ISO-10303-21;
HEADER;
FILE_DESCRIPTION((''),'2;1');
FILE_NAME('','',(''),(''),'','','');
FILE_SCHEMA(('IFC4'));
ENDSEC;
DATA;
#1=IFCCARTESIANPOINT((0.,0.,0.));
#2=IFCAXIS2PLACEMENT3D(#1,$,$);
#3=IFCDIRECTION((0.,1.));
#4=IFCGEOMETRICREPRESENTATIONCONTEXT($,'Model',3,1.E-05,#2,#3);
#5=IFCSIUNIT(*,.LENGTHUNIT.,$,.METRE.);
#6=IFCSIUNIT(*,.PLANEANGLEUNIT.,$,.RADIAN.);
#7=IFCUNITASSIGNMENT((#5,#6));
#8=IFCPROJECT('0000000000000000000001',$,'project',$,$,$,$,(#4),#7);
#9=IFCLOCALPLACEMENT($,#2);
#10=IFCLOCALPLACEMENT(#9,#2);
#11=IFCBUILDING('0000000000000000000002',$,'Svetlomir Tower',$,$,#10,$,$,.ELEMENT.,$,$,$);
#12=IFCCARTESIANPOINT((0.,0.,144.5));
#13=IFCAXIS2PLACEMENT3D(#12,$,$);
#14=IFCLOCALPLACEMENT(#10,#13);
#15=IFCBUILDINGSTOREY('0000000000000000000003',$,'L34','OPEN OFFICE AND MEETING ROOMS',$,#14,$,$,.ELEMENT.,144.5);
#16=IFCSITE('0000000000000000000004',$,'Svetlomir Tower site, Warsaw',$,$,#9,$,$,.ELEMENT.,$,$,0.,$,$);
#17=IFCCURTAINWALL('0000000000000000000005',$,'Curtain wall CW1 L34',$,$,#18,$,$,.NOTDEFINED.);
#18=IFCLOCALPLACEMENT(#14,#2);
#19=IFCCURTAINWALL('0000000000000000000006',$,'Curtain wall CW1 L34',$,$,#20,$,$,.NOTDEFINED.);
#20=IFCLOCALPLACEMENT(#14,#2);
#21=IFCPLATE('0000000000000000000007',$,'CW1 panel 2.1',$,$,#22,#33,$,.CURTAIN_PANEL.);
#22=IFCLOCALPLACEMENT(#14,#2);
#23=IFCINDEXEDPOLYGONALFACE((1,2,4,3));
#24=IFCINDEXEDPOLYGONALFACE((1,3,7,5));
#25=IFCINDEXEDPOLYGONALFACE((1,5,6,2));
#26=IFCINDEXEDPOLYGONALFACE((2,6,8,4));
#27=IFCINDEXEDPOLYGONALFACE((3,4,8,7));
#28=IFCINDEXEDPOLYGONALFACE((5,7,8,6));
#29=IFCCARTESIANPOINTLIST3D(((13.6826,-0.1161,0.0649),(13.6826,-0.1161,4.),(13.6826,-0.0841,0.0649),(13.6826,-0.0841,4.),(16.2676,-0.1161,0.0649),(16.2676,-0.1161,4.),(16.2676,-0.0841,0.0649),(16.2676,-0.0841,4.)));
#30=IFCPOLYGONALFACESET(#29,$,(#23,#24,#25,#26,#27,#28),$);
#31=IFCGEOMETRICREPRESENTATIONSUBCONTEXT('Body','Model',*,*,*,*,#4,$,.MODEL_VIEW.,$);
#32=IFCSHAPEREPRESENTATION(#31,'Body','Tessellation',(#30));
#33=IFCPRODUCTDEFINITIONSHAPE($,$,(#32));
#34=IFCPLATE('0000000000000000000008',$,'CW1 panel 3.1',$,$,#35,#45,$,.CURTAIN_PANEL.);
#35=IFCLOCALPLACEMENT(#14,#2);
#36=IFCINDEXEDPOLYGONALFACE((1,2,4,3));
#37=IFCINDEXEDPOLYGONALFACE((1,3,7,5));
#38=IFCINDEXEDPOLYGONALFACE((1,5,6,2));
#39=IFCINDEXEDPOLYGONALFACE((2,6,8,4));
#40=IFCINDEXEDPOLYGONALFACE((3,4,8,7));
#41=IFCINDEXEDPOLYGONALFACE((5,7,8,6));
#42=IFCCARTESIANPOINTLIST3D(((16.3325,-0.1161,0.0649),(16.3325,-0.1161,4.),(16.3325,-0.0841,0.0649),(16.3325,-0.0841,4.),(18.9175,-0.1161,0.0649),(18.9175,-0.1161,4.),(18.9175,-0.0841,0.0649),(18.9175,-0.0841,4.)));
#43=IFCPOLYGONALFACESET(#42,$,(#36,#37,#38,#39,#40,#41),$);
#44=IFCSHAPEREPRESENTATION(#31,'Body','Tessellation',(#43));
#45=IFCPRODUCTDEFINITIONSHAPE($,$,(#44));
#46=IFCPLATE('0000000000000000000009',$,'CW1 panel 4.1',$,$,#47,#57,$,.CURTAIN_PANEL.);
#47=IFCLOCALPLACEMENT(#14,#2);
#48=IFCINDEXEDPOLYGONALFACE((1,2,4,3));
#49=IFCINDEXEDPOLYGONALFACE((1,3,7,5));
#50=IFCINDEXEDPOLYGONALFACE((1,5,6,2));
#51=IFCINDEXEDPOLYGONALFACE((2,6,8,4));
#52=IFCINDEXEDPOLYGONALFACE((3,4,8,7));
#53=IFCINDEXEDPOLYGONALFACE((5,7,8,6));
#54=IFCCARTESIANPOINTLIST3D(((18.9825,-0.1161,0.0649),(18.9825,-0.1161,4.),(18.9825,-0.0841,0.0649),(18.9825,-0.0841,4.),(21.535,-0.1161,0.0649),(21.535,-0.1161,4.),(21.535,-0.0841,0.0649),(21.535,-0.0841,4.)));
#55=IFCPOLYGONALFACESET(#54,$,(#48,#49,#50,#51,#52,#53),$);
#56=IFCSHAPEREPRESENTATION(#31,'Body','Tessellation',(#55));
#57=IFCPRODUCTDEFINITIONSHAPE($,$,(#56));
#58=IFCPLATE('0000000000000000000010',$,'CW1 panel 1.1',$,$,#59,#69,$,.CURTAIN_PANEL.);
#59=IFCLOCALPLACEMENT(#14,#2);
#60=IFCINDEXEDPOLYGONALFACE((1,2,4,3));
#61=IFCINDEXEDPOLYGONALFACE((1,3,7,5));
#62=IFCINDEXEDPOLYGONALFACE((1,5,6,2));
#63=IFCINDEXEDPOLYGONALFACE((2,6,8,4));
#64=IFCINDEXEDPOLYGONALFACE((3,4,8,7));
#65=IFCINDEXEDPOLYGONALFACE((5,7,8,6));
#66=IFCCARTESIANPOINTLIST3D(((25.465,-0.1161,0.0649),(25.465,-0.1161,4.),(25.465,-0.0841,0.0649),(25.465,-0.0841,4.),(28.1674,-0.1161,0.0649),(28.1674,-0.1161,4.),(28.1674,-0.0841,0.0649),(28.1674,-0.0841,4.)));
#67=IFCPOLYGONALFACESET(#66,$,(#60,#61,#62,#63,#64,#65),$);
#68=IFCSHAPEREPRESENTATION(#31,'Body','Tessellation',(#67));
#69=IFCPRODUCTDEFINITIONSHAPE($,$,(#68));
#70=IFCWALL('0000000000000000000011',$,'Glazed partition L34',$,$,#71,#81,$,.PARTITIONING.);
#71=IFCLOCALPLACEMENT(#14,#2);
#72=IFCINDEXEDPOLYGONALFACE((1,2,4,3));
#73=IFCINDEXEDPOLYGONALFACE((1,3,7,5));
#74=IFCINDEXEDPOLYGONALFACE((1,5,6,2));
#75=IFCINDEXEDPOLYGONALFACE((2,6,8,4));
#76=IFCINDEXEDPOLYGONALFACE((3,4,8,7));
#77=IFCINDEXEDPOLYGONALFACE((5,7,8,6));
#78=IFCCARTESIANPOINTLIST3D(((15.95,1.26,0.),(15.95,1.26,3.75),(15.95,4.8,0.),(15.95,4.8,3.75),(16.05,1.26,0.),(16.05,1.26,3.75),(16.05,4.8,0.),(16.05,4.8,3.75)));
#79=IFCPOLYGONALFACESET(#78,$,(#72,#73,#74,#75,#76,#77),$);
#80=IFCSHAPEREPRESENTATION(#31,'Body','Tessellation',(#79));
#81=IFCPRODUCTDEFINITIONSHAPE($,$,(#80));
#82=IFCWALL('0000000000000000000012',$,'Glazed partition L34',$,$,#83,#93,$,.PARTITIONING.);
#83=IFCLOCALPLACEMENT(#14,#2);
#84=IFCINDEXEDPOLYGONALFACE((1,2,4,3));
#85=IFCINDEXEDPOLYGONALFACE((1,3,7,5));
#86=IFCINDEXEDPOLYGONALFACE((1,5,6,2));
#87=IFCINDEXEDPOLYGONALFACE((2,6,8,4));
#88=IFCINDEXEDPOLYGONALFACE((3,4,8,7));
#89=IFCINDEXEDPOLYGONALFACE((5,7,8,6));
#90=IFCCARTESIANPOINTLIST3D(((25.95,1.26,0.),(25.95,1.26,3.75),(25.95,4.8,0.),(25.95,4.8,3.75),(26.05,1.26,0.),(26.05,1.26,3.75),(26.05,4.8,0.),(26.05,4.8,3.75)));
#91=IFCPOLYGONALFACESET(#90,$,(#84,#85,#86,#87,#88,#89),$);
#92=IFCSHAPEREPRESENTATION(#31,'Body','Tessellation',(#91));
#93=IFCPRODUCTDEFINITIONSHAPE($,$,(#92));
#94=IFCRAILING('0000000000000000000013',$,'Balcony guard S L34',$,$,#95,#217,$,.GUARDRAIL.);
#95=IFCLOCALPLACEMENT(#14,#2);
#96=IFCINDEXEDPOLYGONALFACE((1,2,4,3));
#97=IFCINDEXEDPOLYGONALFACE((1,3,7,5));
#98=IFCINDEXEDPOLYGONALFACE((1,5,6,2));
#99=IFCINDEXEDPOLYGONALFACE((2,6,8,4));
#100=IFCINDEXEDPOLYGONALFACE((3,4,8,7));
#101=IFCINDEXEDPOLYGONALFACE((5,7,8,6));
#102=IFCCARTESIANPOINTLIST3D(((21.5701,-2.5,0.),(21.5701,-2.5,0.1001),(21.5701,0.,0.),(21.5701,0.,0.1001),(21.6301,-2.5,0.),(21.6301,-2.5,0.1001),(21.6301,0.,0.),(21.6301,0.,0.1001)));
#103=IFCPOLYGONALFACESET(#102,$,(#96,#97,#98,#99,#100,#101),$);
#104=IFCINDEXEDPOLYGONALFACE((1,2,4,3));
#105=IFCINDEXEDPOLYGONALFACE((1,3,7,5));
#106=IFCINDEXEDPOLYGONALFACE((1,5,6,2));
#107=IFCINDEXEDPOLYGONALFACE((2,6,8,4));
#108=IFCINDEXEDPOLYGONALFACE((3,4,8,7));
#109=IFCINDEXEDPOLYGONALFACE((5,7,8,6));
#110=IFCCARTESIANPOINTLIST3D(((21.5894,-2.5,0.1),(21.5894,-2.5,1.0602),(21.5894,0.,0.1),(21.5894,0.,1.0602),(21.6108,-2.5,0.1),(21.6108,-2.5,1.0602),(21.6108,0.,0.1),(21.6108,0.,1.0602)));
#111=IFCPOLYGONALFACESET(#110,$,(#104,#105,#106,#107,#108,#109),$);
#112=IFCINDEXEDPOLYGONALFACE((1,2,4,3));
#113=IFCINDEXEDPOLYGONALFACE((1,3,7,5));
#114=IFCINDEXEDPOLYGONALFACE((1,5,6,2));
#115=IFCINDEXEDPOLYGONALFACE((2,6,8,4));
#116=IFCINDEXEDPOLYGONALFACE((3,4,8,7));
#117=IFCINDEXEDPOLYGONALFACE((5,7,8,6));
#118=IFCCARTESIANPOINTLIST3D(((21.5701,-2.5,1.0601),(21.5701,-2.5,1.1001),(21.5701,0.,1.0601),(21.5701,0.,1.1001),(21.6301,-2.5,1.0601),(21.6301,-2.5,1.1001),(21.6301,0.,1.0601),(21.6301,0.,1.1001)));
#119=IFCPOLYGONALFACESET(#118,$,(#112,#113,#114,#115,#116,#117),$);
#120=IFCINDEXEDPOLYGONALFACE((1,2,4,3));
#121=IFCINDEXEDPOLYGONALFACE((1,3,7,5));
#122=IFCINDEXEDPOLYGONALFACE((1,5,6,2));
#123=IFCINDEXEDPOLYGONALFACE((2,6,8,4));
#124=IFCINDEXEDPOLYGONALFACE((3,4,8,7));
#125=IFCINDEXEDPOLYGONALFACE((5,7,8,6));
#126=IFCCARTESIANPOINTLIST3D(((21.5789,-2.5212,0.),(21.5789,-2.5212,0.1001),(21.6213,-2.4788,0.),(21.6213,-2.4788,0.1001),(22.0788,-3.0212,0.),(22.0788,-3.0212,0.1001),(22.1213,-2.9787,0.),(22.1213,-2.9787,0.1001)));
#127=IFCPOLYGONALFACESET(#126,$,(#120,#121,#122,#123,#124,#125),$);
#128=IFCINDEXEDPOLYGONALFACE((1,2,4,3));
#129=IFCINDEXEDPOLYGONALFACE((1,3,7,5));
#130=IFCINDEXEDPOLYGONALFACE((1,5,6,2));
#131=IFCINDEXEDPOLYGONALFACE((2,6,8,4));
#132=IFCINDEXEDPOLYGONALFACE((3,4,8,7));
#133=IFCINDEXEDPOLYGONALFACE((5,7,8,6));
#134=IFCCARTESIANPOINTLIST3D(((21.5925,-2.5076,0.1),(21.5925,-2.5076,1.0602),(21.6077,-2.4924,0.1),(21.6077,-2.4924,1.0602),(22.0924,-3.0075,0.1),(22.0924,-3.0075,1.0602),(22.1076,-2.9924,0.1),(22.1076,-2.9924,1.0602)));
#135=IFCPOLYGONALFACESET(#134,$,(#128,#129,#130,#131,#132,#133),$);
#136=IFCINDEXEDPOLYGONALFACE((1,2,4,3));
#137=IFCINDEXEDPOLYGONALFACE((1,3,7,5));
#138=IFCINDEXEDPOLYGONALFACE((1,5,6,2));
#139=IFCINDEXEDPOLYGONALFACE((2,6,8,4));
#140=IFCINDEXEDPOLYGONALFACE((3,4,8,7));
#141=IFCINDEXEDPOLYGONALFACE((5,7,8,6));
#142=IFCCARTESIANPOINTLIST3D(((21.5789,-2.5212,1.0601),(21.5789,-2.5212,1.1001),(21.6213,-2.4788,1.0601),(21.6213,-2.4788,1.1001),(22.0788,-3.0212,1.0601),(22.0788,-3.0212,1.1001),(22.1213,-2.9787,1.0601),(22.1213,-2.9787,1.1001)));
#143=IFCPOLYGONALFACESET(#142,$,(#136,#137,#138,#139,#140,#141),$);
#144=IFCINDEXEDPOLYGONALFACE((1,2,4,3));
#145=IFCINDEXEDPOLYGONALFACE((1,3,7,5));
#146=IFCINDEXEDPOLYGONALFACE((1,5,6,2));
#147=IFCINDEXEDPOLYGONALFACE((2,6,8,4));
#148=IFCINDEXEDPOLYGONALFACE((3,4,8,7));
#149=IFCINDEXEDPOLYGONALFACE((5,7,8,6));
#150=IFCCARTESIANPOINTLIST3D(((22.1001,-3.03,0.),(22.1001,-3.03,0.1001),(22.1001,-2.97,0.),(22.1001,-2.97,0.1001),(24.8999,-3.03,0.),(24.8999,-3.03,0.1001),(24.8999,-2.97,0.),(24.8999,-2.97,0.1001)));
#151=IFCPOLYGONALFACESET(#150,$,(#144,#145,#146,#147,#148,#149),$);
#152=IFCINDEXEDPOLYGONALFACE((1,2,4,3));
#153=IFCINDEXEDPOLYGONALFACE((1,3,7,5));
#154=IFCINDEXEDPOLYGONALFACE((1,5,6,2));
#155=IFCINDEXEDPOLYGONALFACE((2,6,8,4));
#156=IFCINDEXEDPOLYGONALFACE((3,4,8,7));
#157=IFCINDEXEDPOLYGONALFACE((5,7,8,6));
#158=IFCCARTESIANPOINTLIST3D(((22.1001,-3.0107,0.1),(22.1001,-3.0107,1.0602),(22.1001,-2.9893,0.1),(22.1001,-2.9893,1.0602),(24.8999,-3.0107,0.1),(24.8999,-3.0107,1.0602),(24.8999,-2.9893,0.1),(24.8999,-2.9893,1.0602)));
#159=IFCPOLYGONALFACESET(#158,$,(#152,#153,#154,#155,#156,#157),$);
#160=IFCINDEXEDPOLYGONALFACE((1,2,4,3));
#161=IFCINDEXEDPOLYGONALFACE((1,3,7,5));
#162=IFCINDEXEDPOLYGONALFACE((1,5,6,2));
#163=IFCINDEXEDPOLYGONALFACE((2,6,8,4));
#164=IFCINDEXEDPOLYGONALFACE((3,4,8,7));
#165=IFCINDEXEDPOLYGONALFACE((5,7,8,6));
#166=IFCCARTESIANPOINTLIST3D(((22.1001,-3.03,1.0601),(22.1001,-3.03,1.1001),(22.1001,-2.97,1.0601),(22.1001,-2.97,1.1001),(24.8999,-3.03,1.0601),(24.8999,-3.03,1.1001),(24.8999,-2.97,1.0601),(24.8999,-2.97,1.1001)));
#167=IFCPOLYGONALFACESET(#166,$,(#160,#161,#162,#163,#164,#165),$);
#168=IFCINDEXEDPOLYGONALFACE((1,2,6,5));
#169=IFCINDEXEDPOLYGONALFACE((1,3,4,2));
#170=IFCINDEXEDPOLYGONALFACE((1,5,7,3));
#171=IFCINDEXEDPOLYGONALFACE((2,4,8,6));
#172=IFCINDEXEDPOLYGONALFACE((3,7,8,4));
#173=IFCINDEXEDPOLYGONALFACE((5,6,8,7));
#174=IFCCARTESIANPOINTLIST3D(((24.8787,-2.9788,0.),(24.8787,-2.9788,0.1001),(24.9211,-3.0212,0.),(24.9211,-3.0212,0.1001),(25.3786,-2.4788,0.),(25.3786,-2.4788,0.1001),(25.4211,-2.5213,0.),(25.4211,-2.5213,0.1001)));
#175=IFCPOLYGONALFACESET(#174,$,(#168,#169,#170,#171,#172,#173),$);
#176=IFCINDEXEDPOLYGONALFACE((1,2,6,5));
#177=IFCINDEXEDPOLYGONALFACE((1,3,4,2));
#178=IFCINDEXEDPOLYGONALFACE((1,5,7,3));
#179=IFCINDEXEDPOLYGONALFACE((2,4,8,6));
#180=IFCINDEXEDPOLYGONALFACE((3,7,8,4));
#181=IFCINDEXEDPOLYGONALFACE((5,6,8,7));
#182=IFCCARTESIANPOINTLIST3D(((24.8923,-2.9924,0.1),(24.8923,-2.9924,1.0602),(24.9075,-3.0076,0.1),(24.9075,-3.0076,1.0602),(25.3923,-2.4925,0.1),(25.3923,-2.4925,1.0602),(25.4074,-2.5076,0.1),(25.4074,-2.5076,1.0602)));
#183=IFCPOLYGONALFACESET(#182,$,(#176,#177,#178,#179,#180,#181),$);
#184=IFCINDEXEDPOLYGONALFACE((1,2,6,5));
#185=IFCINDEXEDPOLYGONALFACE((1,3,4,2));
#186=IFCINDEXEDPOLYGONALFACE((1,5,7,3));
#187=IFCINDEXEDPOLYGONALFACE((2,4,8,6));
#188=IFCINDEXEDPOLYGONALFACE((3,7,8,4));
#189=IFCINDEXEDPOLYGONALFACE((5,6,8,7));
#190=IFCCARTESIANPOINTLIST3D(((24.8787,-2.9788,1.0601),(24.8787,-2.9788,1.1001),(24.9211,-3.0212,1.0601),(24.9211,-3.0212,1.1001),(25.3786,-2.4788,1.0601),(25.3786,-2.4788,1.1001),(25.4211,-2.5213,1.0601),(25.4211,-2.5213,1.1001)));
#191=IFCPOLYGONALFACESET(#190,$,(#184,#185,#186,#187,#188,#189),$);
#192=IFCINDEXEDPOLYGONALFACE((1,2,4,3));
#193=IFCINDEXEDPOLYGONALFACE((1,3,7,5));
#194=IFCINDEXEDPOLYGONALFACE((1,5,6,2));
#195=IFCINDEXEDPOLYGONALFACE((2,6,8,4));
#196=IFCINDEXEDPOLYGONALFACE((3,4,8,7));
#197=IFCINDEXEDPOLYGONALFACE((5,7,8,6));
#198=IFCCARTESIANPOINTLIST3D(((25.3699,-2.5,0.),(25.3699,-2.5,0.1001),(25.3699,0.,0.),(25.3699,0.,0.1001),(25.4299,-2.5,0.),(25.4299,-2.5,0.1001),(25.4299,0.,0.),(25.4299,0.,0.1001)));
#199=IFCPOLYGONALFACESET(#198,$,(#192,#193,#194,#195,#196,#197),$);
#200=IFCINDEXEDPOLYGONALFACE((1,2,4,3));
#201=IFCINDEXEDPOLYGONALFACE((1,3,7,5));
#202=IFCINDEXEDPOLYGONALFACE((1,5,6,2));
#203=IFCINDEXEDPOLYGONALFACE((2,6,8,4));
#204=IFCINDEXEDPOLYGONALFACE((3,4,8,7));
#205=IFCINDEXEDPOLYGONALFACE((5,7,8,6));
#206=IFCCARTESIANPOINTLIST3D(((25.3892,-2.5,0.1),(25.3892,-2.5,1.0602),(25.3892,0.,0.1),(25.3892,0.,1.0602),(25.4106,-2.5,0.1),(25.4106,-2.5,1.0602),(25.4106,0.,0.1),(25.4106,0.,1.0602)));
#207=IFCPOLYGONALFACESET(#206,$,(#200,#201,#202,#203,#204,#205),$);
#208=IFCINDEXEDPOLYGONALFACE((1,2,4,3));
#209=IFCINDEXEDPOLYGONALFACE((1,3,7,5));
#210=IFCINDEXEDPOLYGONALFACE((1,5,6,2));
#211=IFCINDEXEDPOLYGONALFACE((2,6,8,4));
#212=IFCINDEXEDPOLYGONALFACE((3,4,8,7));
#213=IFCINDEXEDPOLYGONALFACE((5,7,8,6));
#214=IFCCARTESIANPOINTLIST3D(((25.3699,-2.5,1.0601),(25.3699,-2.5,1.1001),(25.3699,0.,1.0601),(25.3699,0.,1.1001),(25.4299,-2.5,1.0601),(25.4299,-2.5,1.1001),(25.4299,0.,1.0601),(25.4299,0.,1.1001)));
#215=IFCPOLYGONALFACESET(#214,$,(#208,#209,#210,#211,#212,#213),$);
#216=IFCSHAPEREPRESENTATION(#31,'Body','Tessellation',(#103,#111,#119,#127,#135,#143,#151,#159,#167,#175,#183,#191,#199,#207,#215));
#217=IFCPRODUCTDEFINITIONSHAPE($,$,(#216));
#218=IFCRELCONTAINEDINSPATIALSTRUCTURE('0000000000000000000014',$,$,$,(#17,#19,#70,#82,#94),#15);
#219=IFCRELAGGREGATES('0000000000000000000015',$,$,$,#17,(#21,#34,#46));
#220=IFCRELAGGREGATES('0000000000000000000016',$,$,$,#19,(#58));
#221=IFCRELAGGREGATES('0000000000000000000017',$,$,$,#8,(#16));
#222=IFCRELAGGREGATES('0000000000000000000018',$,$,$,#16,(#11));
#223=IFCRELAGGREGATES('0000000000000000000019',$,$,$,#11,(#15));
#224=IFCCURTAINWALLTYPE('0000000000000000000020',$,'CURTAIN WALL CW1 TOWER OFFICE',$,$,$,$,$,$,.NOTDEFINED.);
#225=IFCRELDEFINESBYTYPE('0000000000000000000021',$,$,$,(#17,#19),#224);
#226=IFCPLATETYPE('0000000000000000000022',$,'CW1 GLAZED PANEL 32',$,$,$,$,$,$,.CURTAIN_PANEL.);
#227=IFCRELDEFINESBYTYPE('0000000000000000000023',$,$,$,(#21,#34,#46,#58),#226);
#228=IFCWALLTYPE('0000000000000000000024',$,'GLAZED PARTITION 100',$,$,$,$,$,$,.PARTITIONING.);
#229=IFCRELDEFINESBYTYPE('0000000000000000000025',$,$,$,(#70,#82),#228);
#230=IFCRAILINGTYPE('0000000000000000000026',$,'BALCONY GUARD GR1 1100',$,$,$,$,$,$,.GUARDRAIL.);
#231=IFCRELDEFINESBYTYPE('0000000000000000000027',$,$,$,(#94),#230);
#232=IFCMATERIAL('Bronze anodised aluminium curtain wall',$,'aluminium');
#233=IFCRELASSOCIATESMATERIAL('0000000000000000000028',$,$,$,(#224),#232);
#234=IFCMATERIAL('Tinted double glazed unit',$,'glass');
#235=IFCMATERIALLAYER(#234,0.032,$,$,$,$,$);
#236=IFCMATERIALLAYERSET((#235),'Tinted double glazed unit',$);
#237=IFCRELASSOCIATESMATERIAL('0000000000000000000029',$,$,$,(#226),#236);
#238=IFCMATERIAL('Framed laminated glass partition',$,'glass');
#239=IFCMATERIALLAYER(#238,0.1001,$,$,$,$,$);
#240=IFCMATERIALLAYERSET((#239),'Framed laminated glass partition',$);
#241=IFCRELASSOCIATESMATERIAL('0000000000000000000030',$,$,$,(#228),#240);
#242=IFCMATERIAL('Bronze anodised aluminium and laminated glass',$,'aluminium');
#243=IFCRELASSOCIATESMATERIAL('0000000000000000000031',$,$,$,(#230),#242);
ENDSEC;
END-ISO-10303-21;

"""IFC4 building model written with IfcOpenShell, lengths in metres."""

from ifc_helpers import new_model, si_unit, direction, frame, frame_2d, origin, origin_2d, place, context, subcontext, project, spatial, rectangle, extrude, material, layer, layer_set, type_object, element, aggregate, save


model = new_model("IFC4")

# Units and contexts
model_context = context("Model", 3, precision=1e-05, world=origin(), true_north=direction((0.0, 1.0)))
body_context = subcontext(model_context, "Body", "Model", "MODEL_VIEW")
ifc_project = project(units=[si_unit("LENGTHUNIT", "METRE"), si_unit("PLANEANGLEUNIT", "RADIAN")], contexts=[model_context])

# Site, building, storey
site_placement = place(None, origin())
site = spatial("IfcSite", under=ifc_project, at=site_placement, Name="Svetlomir Tower site, Warsaw", CompositionType="ELEMENT", RefElevation=0.0)
building_placement = place(site_placement, origin())
building = spatial("IfcBuilding", under=site, at=building_placement, Name="Svetlomir Tower", CompositionType="ELEMENT")
storey_placement = place(building_placement, frame((0.0, 0.0, 144.5)))
storey = spatial("IfcBuildingStorey", under=building, at=storey_placement, Name="L34", Description="OPEN OFFICE AND MEETING ROOMS", CompositionType="ELEMENT", Elevation=144.5)

# Curtain wall
ifc_material_1 = material(Name="Bronze anodised aluminium curtain wall", Category="aluminium")
curtain_wall_type = type_object("IfcCurtainWallType", Name="CURTAIN WALL CW1 TOWER OFFICE", PredefinedType="NOTDEFINED", material=ifc_material_1)
curtain_wall_1_placement = place(storey_placement, origin())
curtain_wall_1 = element("IfcCurtainWall", 1, at=curtain_wall_1_placement, inside=storey, type_object=curtain_wall_type, Name="Curtain wall CW1 L34", PredefinedType="NOTDEFINED")

# Curtain wall
curtain_wall_2_placement = place(storey_placement, origin())
curtain_wall_2 = element("IfcCurtainWall", 2, at=curtain_wall_2_placement, inside=storey, type_object=curtain_wall_type, Name="Curtain wall CW1 L34", PredefinedType="NOTDEFINED")

# Plates
ifc_material_2 = material(Name="Tinted double glazed unit", Category="glass")
ifc_layer_1 = layer(ifc_material_2, 0.032)
ifc_layer_set_1 = layer_set([ifc_layer_1], Name="Tinted double glazed unit")
plate_type = type_object("IfcPlateType", Name="CW1 GLAZED PANEL 32", PredefinedType="CURTAIN_PANEL", material=ifc_layer_set_1)
plate_1_placement = place(storey_placement, frame((14.9751, -0.1001, 0.0649), z_axis=(0.0, 0.0, 1.0), x_axis=(1.0, 0.0, 0.0)))
plate_1 = element("IfcPlate", 3, at=plate_1_placement, type_object=plate_type, Name="CW1 panel 2.1", PredefinedType="CURTAIN_PANEL", context=body_context, shape_type="SweptSolid", body=[
    extrude(rectangle(XDim=2.585, YDim=0.032, at=origin_2d()), origin(), (0.0, 0.0, 1.0), 3.9351),
])
plate_2_placement = place(storey_placement, frame((17.625, -0.1001, 0.0649), z_axis=(0.0, 0.0, 1.0), x_axis=(1.0, 0.0, 0.0)))
plate_2 = element("IfcPlate", 4, at=plate_2_placement, type_object=plate_type, Name="CW1 panel 3.1", PredefinedType="CURTAIN_PANEL", context=body_context, shape_type="SweptSolid", body=[
    extrude(rectangle(XDim=2.585, YDim=0.032, at=origin_2d()), origin(), (0.0, 0.0, 1.0), 3.9351),
])
plate_3_placement = place(storey_placement, frame((20.2588, -0.1001, 0.0649), z_axis=(0.0, 0.0, 1.0), x_axis=(1.0, 0.0, 0.0)))
plate_3 = element("IfcPlate", 5, at=plate_3_placement, type_object=plate_type, Name="CW1 panel 4.1", PredefinedType="CURTAIN_PANEL", context=body_context, shape_type="SweptSolid", body=[
    extrude(rectangle(XDim=2.5525, YDim=0.032, at=origin_2d()), origin(), (0.0, 0.0, 1.0), 3.9351),
])
aggregate(curtain_wall_1, [plate_1, plate_2, plate_3])
plate_4_placement = place(storey_placement, frame((26.8162, -0.1001, 0.0649), z_axis=(0.0, 0.0, 1.0), x_axis=(1.0, 0.0, 0.0)))
plate_4 = element("IfcPlate", 6, at=plate_4_placement, type_object=plate_type, Name="CW1 panel 1.1", PredefinedType="CURTAIN_PANEL", context=body_context, shape_type="SweptSolid", body=[
    extrude(rectangle(XDim=2.7024, YDim=0.032, at=origin_2d()), origin(), (0.0, 0.0, 1.0), 3.9351),
])
aggregate(curtain_wall_2, [plate_4])

# Walls
ifc_material_3 = material(Name="Framed laminated glass partition", Category="glass")
ifc_layer_2 = layer(ifc_material_3, 0.1001)
ifc_layer_set_2 = layer_set([ifc_layer_2], Name="Framed laminated glass partition")
wall_type_1 = type_object("IfcWallType", Name="GLAZED PARTITION 100", PredefinedType="PARTITIONING", material=ifc_layer_set_2)
for number, where, z_axis, x_axis, name in (
    (7, (16.0, 1.26, 0.0), (0.0, 0.0, 1.0), (0.0, 1.0, 0.0), "Glazed partition L34"),
    (8, (26.0, 1.26, 0.0), (0.0, 0.0, 1.0), (0.0, 1.0, 0.0), "Glazed partition L34"),
):
    element("IfcWall", number, at=place(storey_placement, frame(where, z_axis=z_axis, x_axis=x_axis)), inside=storey, type_object=wall_type_1, Name=name, PredefinedType="PARTITIONING", context=body_context, shape_type="SweptSolid", body=[
        extrude(rectangle(XDim=3.54, YDim=0.1001, at=frame_2d((1.77, 0.0))), origin(), (0.0, 0.0, 1.0), 3.75),
    ])

# Railing
ifc_material_4 = material(Name="Bronze anodised aluminium and laminated glass", Category="aluminium")
railing_type = type_object("IfcRailingType", Name="BALCONY GUARD GR1 1100", PredefinedType="GUARDRAIL", material=ifc_material_4)
railing_placement = place(storey_placement, frame((21.6001, 0.0, 0.0)))
element("IfcRailing", 9, at=railing_placement, inside=storey, type_object=railing_type, Name="Balcony guard S L34", PredefinedType="GUARDRAIL", context=body_context, shape_type="SweptSolid", body=[
    extrude(rectangle(XDim=0.0601, YDim=0.1001, at=origin_2d()), frame((0.0, 0.0, 0.05), z_axis=(0.0, -1.0, 0.0), x_axis=(1.0, 0.0, 0.0)), (0.0, 0.0, 1.0), 2.5),
    extrude(rectangle(XDim=0.0215, YDim=0.9602, at=origin_2d()), frame((0.0, 0.0, 0.5801), z_axis=(0.0, -1.0, 0.0), x_axis=(1.0, 0.0, 0.0)), (0.0, 0.0, 1.0), 2.5),
    extrude(rectangle(XDim=0.0601, YDim=0.04, at=origin_2d()), frame((0.0, 0.0, 1.0801), z_axis=(0.0, -1.0, 0.0), x_axis=(1.0, 0.0, 0.0)), (0.0, 0.0, 1.0), 2.5),
    extrude(rectangle(XDim=0.0601, YDim=0.1001, at=origin_2d()), frame((0.0, -2.5, 0.05), z_axis=(0.707107, -0.707107, 0.0), x_axis=(0.707107, 0.707107, 0.0)), (0.0, 0.0, 1.0), 0.707),
    extrude(rectangle(XDim=0.0215, YDim=0.9602, at=origin_2d()), frame((0.0, -2.5, 0.5801), z_axis=(0.707107, -0.707107, 0.0), x_axis=(0.707107, 0.707107, 0.0)), (0.0, 0.0, 1.0), 0.707),
    extrude(rectangle(XDim=0.0601, YDim=0.04, at=origin_2d()), frame((0.0, -2.5, 1.0801), z_axis=(0.707107, -0.707107, 0.0), x_axis=(0.707107, 0.707107, 0.0)), (0.0, 0.0, 1.0), 0.707),
    extrude(rectangle(XDim=0.0601, YDim=0.1001, at=origin_2d()), frame((0.5, -3.0, 0.05), z_axis=(1.0, 0.0, 0.0), x_axis=(0.0, 1.0, 0.0)), (0.0, 0.0, 1.0), 2.7998),
    extrude(rectangle(XDim=0.0215, YDim=0.9602, at=origin_2d()), frame((0.5, -3.0, 0.5801), z_axis=(1.0, 0.0, 0.0), x_axis=(0.0, 1.0, 0.0)), (0.0, 0.0, 1.0), 2.7998),
    extrude(rectangle(XDim=0.0601, YDim=0.04, at=origin_2d()), frame((0.5, -3.0, 1.0801), z_axis=(1.0, 0.0, 0.0), x_axis=(0.0, 1.0, 0.0)), (0.0, 0.0, 1.0), 2.7998),
    extrude(rectangle(XDim=0.0601, YDim=0.1001, at=origin_2d()), frame((3.2998, -3.0, 0.05), z_axis=(0.707107, 0.707107, 0.0), x_axis=(-0.707107, 0.707107, 0.0)), (0.0, 0.0, 1.0), 0.707),
    extrude(rectangle(XDim=0.0215, YDim=0.9602, at=origin_2d()), frame((3.2998, -3.0, 0.5801), z_axis=(0.707107, 0.707107, 0.0), x_axis=(-0.707107, 0.707107, 0.0)), (0.0, 0.0, 1.0), 0.707),
    extrude(rectangle(XDim=0.0601, YDim=0.04, at=origin_2d()), frame((3.2998, -3.0, 1.0801), z_axis=(0.707107, 0.707107, 0.0), x_axis=(-0.707107, 0.707107, 0.0)), (0.0, 0.0, 1.0), 0.707),
    extrude(rectangle(XDim=0.0601, YDim=0.1001, at=origin_2d()), frame((3.7998, -2.5, 0.05), z_axis=(0.0, 1.0, 0.0), x_axis=(-1.0, 0.0, 0.0)), (0.0, 0.0, 1.0), 2.5),
    extrude(rectangle(XDim=0.0215, YDim=0.9602, at=origin_2d()), frame((3.7998, -2.5, 0.5801), z_axis=(0.0, 1.0, 0.0), x_axis=(-1.0, 0.0, 0.0)), (0.0, 0.0, 1.0), 2.5),
    extrude(rectangle(XDim=0.0601, YDim=0.04, at=origin_2d()), frame((3.7998, -2.5, 1.0801), z_axis=(0.0, 1.0, 0.0), x_axis=(-1.0, 0.0, 0.0)), (0.0, 0.0, 1.0), 2.5),
])

save(model, "model.ifc")
